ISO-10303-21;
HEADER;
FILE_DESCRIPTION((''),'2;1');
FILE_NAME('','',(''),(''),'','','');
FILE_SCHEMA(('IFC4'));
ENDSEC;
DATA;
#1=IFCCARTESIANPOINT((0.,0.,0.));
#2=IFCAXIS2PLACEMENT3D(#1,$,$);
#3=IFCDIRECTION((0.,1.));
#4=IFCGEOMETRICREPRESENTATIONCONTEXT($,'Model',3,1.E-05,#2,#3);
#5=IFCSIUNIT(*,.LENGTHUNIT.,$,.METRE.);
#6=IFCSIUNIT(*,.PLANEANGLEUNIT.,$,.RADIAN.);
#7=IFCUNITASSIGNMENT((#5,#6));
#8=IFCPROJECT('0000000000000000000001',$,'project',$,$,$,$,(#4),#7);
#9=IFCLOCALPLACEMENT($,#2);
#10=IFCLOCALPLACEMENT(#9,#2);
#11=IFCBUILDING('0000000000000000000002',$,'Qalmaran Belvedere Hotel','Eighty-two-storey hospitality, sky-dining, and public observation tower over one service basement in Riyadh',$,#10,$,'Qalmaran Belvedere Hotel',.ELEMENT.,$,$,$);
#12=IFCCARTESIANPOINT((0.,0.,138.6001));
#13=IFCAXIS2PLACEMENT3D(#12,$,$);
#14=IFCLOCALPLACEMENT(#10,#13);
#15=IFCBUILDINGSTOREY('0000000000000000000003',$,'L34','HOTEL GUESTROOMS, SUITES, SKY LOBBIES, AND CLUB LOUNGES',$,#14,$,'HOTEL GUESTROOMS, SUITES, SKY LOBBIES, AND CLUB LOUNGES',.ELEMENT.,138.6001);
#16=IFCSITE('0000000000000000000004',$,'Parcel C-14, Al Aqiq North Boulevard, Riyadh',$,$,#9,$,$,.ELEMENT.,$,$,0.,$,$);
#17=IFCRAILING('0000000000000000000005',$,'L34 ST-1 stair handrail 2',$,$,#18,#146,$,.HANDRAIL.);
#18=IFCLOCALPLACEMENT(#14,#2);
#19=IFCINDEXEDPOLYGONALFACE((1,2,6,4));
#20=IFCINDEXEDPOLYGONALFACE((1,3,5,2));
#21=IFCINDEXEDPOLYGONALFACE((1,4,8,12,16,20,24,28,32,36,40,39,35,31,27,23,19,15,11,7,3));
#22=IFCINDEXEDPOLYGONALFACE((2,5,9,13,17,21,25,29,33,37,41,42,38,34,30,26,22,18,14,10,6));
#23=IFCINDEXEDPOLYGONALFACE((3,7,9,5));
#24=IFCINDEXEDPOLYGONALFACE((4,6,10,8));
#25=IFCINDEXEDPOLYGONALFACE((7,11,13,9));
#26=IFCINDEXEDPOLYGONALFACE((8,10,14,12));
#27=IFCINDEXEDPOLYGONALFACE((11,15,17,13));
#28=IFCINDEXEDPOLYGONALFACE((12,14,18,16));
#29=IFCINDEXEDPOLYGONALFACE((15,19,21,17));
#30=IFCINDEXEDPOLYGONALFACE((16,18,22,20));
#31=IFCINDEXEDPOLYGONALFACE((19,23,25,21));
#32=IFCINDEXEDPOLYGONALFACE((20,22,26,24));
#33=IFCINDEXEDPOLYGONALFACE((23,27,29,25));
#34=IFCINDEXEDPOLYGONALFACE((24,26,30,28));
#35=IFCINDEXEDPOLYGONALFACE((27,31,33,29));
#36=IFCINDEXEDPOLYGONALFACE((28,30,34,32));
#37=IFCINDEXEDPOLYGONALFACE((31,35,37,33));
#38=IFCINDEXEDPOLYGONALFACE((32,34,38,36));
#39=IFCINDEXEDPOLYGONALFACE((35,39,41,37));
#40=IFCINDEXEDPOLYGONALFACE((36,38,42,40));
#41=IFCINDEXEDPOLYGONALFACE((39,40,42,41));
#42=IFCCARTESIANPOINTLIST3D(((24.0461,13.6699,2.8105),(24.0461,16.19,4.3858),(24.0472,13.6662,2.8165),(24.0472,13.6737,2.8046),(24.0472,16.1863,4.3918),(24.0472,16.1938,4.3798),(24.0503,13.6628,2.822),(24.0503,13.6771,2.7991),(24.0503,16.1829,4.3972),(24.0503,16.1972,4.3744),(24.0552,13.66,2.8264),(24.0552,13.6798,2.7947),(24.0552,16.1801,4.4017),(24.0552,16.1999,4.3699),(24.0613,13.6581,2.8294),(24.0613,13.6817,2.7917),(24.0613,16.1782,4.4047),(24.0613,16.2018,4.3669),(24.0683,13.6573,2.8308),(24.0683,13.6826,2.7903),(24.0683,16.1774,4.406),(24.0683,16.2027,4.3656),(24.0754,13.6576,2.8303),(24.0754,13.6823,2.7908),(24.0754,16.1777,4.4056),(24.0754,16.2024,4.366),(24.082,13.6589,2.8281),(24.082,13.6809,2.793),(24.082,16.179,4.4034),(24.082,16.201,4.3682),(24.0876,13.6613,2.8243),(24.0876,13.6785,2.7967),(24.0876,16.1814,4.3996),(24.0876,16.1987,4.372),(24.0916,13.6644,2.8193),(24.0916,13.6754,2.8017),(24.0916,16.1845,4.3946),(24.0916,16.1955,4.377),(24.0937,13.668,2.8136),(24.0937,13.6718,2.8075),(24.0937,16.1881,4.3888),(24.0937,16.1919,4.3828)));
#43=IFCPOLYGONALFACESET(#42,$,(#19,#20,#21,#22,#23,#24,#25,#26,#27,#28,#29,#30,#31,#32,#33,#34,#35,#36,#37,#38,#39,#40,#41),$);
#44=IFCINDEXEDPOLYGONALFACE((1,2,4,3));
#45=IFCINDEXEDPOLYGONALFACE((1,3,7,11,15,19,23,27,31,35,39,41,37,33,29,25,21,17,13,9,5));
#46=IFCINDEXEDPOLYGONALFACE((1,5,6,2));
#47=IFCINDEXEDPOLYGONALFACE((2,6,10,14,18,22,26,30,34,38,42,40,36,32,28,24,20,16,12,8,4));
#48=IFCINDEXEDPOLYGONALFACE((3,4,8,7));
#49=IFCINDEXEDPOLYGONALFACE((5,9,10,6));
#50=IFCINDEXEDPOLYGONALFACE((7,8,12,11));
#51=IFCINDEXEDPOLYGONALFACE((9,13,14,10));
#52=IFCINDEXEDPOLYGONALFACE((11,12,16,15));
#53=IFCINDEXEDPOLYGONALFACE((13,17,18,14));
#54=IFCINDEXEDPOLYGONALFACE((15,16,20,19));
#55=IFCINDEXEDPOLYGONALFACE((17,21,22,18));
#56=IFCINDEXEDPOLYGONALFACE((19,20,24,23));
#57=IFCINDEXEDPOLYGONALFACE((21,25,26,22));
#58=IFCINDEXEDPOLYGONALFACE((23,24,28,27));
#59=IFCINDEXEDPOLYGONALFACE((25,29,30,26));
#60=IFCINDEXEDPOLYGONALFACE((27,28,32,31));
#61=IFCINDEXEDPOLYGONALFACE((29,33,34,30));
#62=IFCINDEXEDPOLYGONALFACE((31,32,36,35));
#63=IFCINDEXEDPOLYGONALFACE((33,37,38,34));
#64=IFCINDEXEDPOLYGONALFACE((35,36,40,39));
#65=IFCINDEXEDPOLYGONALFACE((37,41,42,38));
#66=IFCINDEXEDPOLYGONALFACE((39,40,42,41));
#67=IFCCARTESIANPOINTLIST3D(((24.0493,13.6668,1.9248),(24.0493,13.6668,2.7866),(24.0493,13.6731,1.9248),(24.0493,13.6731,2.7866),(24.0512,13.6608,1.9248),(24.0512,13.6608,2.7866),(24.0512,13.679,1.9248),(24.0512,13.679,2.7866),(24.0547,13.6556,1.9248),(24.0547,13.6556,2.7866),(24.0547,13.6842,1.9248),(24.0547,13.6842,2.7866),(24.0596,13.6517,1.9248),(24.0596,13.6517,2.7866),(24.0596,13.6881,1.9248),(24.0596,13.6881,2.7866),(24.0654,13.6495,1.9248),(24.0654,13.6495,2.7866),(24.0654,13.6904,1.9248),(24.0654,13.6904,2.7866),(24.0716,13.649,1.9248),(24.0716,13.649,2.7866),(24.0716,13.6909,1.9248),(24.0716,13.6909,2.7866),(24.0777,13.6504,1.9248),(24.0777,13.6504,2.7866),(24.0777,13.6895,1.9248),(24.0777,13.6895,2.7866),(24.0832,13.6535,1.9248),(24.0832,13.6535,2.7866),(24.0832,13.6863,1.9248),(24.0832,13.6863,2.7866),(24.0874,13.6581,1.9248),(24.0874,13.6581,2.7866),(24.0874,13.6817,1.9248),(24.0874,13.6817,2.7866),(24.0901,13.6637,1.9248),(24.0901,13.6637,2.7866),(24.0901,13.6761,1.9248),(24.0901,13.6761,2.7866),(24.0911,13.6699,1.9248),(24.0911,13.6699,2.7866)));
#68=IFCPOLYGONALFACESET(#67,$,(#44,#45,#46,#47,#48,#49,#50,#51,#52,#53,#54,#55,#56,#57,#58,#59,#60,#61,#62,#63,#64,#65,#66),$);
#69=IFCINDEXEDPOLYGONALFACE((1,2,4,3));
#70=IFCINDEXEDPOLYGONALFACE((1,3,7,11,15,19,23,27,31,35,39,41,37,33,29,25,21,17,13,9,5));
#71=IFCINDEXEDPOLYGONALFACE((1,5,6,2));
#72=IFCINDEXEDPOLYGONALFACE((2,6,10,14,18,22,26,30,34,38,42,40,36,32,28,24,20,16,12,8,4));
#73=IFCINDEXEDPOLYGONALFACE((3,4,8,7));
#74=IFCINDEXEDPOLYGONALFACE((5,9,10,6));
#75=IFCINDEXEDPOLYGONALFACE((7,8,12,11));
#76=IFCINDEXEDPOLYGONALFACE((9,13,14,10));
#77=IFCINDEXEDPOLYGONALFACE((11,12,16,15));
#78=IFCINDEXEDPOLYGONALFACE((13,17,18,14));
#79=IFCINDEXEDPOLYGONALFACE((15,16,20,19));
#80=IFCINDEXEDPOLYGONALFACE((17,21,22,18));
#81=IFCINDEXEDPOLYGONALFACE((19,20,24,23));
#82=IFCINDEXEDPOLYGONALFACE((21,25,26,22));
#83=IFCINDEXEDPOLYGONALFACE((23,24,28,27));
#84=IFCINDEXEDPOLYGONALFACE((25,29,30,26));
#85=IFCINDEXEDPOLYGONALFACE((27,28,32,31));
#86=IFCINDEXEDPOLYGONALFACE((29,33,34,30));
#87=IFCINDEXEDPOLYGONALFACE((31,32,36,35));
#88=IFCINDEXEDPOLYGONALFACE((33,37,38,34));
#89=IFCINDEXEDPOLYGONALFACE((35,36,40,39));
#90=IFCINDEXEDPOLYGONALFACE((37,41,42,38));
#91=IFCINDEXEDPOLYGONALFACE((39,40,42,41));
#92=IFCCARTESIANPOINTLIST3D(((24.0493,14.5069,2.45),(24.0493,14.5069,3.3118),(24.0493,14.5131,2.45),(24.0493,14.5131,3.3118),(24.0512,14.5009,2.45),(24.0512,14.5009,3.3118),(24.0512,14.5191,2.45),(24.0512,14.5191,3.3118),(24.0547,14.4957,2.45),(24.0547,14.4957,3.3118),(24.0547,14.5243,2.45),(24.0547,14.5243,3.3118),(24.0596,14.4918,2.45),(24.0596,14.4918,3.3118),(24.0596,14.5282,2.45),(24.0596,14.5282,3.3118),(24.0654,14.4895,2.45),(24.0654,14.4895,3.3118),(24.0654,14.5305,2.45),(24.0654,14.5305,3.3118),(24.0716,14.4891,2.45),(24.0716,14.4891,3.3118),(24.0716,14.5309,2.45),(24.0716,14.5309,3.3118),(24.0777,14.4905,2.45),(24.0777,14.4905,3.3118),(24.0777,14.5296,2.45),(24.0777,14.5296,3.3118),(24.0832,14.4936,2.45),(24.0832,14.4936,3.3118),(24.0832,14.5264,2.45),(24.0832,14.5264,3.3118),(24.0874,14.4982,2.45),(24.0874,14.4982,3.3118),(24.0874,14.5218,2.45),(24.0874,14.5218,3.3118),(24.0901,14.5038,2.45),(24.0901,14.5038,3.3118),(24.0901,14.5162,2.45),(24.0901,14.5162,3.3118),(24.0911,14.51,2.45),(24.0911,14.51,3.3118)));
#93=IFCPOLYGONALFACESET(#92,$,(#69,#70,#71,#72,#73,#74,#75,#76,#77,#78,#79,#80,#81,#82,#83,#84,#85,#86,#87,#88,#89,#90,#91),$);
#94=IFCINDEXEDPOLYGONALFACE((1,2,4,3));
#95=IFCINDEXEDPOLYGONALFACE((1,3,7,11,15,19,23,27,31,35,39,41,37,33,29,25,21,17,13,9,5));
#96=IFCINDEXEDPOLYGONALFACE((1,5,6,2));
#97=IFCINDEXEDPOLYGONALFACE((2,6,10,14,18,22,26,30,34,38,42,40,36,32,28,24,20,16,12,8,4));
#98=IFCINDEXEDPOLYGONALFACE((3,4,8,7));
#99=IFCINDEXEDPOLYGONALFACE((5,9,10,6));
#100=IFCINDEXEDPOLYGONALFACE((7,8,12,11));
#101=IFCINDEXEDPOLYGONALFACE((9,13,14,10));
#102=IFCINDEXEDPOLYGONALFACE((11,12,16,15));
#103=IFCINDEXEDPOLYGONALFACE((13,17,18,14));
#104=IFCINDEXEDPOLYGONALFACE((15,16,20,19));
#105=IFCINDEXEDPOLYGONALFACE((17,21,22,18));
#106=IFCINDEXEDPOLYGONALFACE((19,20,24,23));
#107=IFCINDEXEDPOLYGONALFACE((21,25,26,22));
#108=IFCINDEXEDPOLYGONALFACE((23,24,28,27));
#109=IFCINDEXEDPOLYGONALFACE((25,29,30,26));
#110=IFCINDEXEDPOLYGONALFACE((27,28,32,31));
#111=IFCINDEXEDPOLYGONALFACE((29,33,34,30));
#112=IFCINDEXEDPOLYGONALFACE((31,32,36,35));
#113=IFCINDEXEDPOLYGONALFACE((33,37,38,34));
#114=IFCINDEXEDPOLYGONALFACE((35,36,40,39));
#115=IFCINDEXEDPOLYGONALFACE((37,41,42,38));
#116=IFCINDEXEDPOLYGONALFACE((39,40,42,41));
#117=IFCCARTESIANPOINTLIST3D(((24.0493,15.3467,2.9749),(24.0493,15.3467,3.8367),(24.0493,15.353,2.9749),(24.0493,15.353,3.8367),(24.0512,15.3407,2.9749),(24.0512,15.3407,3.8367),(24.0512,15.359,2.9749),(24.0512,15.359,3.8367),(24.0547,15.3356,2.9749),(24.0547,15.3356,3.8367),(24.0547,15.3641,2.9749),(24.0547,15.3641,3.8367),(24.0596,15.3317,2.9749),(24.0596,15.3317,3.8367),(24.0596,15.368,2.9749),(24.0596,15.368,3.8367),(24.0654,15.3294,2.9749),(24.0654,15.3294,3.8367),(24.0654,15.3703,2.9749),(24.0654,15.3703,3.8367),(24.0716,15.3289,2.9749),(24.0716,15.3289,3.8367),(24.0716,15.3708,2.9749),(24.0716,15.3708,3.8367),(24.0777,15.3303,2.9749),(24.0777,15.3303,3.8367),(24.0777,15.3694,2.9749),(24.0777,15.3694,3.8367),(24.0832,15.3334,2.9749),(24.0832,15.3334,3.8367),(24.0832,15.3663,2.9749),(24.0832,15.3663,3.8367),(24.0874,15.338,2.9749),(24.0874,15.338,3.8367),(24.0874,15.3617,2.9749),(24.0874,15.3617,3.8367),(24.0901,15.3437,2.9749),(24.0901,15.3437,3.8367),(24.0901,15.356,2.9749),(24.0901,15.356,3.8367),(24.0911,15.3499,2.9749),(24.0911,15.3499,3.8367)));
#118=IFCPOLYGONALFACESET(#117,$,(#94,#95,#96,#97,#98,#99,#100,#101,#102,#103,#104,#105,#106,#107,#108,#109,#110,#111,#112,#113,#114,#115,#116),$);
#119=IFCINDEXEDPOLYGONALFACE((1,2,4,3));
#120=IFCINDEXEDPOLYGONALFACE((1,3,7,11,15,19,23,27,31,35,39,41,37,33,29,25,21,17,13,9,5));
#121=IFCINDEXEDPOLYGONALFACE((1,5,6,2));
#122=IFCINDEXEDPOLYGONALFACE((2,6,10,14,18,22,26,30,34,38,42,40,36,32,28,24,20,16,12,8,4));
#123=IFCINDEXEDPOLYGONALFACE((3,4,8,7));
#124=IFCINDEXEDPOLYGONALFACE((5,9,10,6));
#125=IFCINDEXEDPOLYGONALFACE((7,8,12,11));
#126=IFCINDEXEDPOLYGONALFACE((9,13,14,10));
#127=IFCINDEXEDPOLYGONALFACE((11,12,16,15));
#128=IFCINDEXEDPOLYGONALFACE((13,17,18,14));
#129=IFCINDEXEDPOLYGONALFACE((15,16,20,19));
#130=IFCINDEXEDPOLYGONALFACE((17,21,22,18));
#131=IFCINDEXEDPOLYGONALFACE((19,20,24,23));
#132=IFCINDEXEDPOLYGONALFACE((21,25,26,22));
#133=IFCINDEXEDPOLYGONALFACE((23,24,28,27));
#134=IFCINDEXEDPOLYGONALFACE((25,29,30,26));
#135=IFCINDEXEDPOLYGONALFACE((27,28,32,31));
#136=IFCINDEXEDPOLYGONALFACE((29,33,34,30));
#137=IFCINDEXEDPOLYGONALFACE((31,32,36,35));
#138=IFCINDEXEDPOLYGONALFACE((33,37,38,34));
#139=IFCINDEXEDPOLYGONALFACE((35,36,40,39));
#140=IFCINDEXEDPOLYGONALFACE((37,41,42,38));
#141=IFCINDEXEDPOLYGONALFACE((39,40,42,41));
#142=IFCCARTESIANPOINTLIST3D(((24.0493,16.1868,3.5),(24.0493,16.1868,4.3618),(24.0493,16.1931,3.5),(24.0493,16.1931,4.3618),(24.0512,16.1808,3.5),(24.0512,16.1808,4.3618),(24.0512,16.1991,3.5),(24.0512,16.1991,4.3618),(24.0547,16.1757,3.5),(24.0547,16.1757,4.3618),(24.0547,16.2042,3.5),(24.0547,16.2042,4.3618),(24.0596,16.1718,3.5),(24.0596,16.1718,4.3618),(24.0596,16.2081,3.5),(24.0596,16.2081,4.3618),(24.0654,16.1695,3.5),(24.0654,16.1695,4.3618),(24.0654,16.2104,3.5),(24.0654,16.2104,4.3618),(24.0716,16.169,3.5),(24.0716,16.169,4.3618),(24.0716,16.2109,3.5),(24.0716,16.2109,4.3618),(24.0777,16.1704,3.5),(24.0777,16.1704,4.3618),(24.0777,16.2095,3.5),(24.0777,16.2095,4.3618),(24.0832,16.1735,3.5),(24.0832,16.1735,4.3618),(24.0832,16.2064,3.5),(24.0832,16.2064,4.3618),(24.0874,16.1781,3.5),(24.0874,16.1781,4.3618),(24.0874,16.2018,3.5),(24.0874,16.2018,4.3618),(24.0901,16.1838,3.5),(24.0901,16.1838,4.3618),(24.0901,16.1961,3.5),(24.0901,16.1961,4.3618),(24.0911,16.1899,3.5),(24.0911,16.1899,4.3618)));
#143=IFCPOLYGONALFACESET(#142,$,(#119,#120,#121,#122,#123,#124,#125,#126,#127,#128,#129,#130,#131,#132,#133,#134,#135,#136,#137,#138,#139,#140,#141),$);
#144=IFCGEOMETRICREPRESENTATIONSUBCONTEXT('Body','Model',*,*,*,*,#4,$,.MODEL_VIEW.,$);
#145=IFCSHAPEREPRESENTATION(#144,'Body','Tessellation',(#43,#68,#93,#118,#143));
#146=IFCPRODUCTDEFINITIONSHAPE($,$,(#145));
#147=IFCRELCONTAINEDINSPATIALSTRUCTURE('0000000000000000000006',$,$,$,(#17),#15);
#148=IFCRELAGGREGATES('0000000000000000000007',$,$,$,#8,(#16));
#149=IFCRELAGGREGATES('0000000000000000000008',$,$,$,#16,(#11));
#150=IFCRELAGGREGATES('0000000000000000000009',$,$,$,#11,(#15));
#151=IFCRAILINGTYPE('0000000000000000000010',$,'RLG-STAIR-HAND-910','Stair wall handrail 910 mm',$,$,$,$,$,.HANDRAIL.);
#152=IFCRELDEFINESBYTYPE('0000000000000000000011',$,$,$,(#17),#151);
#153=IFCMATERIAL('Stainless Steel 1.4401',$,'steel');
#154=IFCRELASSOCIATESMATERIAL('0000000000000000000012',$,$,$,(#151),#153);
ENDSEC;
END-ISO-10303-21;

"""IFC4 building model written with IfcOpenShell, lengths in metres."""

from ifc_helpers import new_model, si_unit, direction, frame, origin, origin_2d, place, context, subcontext, project, spatial, circle, extrude, material, type_object, element, save


model = new_model("IFC4")

# Units and contexts
model_context = context("Model", 3, precision=1e-05, world=origin(), true_north=direction((0.0, 1.0)))
body_context = subcontext(model_context, "Body", "Model", "MODEL_VIEW")
ifc_project = project(units=[si_unit("LENGTHUNIT", "METRE"), si_unit("PLANEANGLEUNIT", "RADIAN")], contexts=[model_context])

# Site, building, storey
site_placement = place(None, origin())
site = spatial("IfcSite", under=ifc_project, at=site_placement, Name="Parcel C-14, Al Aqiq North Boulevard, Riyadh", CompositionType="ELEMENT", RefElevation=0.0)
building_placement = place(site_placement, origin())
building = spatial("IfcBuilding", under=site, at=building_placement, Name="Qalmaran Belvedere Hotel", Description="Eighty-two-storey hospitality, sky-dining, and public observation tower over one service basement in Riyadh", LongName="Qalmaran Belvedere Hotel", CompositionType="ELEMENT")
storey_placement = place(building_placement, frame((0.0, 0.0, 138.6001)))
storey = spatial("IfcBuildingStorey", under=building, at=storey_placement, Name="L34", Description="HOTEL GUESTROOMS, SUITES, SKY LOBBIES, AND CLUB LOUNGES", LongName="HOTEL GUESTROOMS, SUITES, SKY LOBBIES, AND CLUB LOUNGES", CompositionType="ELEMENT", Elevation=138.6001)

# Shared definitions
ifc_material_1 = material(Name="Stainless Steel 1.4401", Category="steel")

# Railing
railing_type_1 = type_object("IfcRailingType", Name="RLG-STAIR-HAND-910", Description="Stair wall handrail 910 mm", PredefinedType="HANDRAIL", material=ifc_material_1)
railing_1_placement = place(storey_placement, frame((24.0701, 13.6699, 1.9248)))
element("IfcRailing", 1, at=railing_1_placement, inside=storey, type_object=railing_type_1, Name="L34 ST-1 stair handrail 2", PredefinedType="HANDRAIL", context=body_context, shape_type="SweptSolid", body=[
    extrude(circle(Radius=0.0239, at=origin_2d()), frame((0.0, 0.0, 0.8857), z_axis=(0.0, 0.847971, 0.530043), x_axis=(-1.0, 0.0, 0.0)), (0.0, 0.0, 1.0), 2.9719),
    extrude(circle(Radius=0.021, at=origin_2d()), origin(), (0.0, 0.0, 1.0), 0.8618),
    extrude(circle(Radius=0.021, at=origin_2d()), frame((0.0, 0.8401, 0.5251)), (0.0, 0.0, 1.0), 0.8618),
    extrude(circle(Radius=0.021, at=origin_2d()), frame((0.0, 1.6799, 1.05)), (0.0, 0.0, 1.0), 0.8618),
    extrude(circle(Radius=0.021, at=origin_2d()), frame((0.0, 2.52, 1.5752)), (0.0, 0.0, 1.0), 0.8618),
])

save(model, "model.ifc")
